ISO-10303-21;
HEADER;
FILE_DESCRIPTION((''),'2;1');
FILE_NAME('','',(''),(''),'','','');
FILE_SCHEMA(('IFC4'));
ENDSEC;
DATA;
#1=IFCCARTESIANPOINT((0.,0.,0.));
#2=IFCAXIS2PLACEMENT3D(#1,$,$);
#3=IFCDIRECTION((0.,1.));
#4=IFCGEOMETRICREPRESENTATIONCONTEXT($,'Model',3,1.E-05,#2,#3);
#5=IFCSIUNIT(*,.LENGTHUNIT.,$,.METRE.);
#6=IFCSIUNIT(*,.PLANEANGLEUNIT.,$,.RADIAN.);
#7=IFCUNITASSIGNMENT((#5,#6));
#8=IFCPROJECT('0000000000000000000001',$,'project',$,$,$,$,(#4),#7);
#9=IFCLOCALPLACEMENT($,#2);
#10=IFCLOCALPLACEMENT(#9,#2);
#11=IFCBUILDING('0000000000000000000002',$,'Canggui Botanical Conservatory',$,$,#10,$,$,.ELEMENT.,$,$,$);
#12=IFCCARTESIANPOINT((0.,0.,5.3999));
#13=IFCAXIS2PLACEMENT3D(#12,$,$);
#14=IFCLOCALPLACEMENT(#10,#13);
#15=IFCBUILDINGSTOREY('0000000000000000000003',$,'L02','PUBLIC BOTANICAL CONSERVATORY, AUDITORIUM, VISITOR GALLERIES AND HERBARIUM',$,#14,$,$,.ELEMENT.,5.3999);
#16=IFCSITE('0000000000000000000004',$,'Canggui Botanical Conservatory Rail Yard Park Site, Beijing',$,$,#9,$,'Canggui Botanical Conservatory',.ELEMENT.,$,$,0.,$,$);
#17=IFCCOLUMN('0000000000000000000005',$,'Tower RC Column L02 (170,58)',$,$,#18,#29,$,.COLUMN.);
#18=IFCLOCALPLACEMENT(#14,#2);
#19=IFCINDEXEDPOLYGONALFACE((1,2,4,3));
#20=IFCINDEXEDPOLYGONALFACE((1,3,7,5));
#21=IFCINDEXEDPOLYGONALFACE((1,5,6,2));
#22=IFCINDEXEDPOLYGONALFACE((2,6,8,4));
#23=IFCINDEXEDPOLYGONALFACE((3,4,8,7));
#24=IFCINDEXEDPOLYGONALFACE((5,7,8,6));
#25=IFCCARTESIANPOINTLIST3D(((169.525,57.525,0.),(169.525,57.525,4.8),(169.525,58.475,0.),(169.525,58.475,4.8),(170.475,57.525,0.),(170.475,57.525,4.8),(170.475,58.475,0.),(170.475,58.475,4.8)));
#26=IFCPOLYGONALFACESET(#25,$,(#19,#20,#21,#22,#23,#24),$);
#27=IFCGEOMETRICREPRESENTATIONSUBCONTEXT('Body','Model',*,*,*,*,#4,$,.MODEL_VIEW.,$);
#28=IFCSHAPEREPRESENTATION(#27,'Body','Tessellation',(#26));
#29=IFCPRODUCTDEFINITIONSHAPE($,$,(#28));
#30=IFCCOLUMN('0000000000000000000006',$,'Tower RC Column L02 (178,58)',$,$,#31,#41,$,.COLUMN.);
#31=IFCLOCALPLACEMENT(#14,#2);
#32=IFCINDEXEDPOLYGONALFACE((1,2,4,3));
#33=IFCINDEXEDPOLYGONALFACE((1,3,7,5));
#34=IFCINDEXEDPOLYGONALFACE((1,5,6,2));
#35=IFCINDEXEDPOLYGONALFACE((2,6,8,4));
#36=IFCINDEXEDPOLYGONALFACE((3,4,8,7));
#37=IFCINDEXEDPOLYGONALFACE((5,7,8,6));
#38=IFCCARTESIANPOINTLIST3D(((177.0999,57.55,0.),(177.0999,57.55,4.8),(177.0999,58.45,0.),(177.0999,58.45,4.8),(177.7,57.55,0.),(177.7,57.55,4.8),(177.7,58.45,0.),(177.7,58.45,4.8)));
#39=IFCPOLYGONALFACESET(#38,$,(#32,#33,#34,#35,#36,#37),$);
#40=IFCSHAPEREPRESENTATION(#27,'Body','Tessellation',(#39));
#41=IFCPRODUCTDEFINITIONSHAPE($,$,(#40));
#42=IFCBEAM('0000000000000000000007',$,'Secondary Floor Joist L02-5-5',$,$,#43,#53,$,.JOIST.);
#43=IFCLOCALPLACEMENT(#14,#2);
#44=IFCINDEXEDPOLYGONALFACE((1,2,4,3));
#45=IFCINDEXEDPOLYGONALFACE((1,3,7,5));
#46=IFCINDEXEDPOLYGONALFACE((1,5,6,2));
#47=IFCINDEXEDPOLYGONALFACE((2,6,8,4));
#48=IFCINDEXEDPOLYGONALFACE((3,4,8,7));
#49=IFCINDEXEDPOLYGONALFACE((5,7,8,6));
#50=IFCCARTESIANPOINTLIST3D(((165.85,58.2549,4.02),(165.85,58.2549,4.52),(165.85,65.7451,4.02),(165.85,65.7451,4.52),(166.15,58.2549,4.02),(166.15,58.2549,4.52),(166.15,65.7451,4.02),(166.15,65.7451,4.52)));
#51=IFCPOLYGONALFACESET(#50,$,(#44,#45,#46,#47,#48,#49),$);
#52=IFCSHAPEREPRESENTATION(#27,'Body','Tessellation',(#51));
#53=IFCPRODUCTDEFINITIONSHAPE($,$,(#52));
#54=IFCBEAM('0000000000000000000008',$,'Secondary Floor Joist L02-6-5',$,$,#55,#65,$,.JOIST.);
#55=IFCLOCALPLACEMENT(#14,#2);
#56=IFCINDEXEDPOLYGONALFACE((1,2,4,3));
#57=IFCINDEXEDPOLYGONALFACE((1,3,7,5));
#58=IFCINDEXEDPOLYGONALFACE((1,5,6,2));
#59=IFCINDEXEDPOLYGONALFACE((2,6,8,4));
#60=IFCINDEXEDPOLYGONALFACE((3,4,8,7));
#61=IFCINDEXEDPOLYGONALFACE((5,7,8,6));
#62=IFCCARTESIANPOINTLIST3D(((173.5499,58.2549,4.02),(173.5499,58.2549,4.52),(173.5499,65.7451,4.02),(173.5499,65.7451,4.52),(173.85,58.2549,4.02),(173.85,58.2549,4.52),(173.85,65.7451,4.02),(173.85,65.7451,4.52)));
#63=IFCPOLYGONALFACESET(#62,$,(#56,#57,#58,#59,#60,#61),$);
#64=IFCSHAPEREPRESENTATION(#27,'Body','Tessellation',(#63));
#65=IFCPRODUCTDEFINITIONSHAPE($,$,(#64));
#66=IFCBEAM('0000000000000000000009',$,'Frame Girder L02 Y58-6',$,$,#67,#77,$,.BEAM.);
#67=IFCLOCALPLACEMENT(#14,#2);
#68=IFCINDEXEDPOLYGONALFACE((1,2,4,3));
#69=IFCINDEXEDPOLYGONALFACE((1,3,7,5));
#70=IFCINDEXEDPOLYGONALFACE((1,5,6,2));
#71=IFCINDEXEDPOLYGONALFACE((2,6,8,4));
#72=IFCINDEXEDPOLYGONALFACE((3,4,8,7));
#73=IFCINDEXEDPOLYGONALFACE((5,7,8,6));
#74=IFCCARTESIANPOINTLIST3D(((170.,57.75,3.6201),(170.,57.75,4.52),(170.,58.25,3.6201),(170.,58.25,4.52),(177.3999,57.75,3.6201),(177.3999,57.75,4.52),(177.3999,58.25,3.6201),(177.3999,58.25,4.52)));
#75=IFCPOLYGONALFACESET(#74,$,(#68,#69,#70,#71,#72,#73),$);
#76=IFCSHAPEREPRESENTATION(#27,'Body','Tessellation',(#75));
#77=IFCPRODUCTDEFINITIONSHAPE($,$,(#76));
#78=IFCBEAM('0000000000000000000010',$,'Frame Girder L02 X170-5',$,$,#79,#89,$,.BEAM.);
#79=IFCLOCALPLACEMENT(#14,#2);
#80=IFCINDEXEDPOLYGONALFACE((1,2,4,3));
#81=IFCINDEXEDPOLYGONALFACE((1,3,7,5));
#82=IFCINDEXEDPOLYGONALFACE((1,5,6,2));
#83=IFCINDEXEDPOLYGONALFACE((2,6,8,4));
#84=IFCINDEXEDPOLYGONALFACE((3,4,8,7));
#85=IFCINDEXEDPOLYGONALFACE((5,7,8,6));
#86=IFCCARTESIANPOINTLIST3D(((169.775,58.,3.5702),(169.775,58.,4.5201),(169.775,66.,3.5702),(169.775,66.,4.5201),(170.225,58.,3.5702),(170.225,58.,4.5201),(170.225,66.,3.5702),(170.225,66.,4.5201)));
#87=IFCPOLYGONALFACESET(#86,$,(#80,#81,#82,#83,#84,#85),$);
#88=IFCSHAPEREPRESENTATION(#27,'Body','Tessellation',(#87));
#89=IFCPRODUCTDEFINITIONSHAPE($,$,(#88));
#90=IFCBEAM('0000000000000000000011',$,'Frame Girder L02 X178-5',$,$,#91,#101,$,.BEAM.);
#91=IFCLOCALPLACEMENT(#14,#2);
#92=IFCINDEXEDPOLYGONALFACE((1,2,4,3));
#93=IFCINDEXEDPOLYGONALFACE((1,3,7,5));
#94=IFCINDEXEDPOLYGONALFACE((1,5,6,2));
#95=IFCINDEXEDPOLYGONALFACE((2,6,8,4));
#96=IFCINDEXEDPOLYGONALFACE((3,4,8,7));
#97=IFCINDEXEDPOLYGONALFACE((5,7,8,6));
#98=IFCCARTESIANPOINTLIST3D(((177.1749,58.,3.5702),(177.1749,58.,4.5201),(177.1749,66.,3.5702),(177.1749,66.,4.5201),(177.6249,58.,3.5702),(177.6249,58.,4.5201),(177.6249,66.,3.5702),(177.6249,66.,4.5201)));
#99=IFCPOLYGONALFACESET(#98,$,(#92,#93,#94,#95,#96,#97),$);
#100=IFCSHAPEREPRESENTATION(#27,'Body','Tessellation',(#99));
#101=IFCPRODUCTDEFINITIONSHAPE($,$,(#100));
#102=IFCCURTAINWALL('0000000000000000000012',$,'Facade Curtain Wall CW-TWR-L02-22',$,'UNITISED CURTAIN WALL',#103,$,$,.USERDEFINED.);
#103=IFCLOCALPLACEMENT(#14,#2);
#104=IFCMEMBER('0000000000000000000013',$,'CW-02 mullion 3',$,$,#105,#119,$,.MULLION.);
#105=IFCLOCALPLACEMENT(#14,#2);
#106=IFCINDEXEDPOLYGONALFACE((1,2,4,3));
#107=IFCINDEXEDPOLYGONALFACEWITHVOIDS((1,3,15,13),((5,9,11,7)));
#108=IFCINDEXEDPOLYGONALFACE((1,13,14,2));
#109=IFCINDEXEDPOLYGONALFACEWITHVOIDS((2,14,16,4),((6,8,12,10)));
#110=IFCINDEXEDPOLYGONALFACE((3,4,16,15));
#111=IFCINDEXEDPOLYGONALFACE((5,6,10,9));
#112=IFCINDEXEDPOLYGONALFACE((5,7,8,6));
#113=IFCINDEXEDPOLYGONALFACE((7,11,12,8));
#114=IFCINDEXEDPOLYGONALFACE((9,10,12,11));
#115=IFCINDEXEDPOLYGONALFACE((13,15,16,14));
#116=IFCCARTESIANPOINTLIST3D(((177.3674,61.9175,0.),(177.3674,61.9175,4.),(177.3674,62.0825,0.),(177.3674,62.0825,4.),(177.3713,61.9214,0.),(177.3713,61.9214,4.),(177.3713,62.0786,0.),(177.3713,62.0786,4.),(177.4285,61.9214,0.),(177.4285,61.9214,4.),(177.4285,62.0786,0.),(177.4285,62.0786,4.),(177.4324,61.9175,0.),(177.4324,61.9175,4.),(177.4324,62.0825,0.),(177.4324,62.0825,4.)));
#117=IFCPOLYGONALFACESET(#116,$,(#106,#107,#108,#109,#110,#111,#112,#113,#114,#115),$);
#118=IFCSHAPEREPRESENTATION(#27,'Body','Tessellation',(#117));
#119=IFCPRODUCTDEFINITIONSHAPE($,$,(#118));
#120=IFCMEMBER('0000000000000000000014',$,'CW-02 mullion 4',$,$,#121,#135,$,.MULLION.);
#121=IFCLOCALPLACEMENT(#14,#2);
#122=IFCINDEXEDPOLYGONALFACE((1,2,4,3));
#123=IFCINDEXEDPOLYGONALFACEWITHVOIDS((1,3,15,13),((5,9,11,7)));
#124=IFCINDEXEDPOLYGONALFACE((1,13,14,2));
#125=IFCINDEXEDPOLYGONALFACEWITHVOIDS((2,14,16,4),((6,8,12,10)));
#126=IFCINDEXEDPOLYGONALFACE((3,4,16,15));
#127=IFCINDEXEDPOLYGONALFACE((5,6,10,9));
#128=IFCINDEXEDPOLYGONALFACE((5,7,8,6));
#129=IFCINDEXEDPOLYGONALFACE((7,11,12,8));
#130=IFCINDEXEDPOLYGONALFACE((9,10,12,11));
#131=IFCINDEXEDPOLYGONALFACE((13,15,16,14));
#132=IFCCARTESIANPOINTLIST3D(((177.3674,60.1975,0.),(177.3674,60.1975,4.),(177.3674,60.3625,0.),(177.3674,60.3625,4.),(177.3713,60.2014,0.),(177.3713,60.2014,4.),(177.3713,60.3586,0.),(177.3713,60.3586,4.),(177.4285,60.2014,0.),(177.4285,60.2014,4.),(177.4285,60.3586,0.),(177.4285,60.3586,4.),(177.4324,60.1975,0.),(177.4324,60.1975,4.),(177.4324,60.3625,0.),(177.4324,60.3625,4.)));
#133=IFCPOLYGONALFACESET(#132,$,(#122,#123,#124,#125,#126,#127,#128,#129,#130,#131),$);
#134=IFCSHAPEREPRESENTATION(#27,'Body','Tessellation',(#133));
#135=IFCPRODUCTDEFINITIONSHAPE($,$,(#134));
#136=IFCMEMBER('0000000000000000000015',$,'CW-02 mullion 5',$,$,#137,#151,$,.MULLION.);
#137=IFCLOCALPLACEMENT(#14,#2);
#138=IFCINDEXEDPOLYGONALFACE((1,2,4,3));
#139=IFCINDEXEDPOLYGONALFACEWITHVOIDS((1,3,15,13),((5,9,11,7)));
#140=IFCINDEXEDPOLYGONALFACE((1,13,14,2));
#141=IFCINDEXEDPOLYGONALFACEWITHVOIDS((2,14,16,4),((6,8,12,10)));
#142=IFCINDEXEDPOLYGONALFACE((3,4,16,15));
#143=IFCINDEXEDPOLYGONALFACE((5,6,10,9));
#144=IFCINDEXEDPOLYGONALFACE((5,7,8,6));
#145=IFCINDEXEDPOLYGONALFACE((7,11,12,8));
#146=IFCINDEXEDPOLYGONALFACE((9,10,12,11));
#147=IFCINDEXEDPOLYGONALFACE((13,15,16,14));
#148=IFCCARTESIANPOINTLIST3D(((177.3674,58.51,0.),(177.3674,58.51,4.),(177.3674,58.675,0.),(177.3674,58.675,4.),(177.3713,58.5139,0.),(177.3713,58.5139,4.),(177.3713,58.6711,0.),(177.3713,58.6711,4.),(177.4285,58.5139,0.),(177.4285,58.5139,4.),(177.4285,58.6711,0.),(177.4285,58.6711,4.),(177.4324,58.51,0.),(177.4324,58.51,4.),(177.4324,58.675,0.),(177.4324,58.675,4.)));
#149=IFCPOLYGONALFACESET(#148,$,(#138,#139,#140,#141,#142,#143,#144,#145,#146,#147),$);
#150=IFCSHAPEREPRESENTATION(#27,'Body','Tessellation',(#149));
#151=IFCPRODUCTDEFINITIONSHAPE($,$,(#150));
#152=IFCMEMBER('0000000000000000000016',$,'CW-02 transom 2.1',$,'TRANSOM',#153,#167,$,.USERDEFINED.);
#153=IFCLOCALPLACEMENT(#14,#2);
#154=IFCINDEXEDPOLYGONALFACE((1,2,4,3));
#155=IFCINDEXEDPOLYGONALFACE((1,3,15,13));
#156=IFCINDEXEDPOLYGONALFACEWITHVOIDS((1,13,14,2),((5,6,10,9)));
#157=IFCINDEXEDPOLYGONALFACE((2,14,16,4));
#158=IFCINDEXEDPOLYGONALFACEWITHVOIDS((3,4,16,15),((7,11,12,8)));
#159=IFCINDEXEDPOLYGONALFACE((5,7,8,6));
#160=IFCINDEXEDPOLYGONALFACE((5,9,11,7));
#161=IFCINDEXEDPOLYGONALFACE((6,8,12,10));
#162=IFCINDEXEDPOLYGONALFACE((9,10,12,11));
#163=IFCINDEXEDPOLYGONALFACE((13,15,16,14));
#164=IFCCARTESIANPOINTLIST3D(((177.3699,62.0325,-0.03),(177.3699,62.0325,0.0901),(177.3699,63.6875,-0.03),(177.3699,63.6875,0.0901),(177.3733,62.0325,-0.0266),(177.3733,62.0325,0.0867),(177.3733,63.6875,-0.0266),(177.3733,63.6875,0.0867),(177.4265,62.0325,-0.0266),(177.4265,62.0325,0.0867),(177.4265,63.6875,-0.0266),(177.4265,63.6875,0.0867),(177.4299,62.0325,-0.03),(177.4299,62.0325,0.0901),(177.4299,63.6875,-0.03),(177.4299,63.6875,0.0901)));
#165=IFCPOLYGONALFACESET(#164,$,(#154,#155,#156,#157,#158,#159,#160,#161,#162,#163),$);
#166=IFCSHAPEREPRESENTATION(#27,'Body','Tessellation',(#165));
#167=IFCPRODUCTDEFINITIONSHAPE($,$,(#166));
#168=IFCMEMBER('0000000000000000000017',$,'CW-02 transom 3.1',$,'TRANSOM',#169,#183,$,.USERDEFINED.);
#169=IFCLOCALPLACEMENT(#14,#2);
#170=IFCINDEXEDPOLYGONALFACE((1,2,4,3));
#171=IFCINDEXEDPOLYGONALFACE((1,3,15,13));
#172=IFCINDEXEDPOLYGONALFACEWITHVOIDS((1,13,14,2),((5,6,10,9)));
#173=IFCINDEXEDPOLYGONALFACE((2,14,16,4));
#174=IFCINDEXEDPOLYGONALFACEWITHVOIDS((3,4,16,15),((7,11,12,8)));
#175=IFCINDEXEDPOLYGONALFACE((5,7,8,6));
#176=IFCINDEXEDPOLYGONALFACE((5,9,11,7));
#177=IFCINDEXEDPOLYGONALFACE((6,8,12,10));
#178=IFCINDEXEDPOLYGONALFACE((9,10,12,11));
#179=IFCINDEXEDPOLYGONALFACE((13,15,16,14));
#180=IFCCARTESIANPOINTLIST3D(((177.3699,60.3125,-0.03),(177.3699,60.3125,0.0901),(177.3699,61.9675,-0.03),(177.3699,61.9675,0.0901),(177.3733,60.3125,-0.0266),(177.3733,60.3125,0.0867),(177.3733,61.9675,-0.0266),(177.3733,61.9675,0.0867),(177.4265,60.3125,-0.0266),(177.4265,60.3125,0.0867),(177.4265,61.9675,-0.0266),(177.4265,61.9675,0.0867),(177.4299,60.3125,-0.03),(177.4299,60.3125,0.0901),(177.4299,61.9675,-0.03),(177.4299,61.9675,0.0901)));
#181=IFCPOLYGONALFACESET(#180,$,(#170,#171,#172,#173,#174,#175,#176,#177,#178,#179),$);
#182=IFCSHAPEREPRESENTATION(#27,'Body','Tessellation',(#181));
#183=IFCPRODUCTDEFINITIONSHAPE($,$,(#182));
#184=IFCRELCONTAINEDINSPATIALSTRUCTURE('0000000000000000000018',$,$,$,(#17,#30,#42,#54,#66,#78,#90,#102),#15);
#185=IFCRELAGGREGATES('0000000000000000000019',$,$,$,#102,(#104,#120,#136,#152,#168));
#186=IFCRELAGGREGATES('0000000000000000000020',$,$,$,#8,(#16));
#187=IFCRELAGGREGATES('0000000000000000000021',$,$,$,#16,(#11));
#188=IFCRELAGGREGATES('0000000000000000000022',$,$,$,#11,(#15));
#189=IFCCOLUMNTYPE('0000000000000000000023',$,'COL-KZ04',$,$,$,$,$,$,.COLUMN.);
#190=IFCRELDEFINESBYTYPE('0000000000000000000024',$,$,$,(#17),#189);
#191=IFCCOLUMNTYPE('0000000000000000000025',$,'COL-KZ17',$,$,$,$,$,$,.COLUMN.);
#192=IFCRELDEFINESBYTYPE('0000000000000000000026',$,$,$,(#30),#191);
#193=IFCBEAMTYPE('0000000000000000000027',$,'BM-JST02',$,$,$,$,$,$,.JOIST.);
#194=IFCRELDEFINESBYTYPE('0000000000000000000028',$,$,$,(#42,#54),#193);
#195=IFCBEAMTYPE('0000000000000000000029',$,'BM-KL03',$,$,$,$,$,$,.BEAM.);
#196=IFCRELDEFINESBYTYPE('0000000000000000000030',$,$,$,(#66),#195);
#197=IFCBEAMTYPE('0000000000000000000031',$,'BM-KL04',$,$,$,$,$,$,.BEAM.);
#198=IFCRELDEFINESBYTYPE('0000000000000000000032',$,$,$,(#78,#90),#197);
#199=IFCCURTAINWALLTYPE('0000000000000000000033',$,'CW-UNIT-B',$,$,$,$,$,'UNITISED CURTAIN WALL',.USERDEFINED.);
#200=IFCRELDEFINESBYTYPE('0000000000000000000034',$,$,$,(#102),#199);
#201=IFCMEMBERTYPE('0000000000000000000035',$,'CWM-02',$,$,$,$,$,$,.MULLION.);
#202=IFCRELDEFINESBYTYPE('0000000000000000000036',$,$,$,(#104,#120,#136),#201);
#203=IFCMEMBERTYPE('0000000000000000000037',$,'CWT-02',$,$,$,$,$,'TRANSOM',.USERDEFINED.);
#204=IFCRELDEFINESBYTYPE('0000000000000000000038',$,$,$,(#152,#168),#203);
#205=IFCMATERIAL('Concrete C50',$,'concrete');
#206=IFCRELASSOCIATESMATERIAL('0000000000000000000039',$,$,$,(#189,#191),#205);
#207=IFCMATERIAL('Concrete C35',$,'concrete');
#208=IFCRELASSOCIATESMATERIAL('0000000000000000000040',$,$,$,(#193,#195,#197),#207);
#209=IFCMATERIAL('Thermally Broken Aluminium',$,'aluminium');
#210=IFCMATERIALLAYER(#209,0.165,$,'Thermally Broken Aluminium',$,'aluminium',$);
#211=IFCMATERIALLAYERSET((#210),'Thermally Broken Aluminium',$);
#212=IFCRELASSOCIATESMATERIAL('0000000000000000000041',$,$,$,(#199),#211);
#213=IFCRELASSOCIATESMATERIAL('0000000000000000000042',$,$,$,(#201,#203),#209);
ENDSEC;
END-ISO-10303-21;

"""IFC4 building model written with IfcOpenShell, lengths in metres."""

from ifc_helpers import new_model, si_unit, direction, frame, origin, origin_2d, place, context, subcontext, project, spatial, rectangle, hollow_rectangle, extrude, material, layer, layer_set, material_profile, profile_set, type_object, element, aggregate, save


model = new_model("IFC4")

# Units and contexts
model_context = context("Model", 3, precision=1e-05, world=origin(), true_north=direction((0.0, 1.0)))
body_context = subcontext(model_context, "Body", "Model", "MODEL_VIEW")
ifc_project = project(units=[si_unit("LENGTHUNIT", "METRE"), si_unit("PLANEANGLEUNIT", "RADIAN")], contexts=[model_context])

# Site, building, storey
site_placement = place(None, origin())
site = spatial("IfcSite", under=ifc_project, at=site_placement, Name="Canggui Botanical Conservatory Rail Yard Park Site, Beijing", LongName="Canggui Botanical Conservatory", CompositionType="ELEMENT", RefElevation=0.0)
building_placement = place(site_placement, origin())
building = spatial("IfcBuilding", under=site, at=building_placement, Name="Canggui Botanical Conservatory", CompositionType="ELEMENT")
storey_placement = place(building_placement, frame((0.0, 0.0, 5.3999)))
storey = spatial("IfcBuildingStorey", under=building, at=storey_placement, Name="L02", Description="PUBLIC BOTANICAL CONSERVATORY, AUDITORIUM, VISITOR GALLERIES AND HERBARIUM", CompositionType="ELEMENT", Elevation=5.3999)

# Columns
ifc_material_1 = material(Name="Concrete C50", Category="concrete")
ifc_material_profile_1 = material_profile(ifc_material_1, rectangle(XDim=0.95, YDim=0.95, at=origin_2d()), Name="RC 950x950")
ifc_profile_set_1 = profile_set([ifc_material_profile_1], Name="Concrete C50")
column_type_1 = type_object("IfcColumnType", Name="COL-KZ04", PredefinedType="COLUMN", material=ifc_profile_set_1)
column_1_placement = place(storey_placement, frame((170.0, 58.0, 0.0), z_axis=(0.0, 0.0, 1.0), x_axis=(1.0, 0.0, 0.0)))
element("IfcColumn", 1, at=column_1_placement, inside=storey, type_object=column_type_1, Name="Tower RC Column L02 (170,58)", PredefinedType="COLUMN", context=body_context, shape_type="SweptSolid", body=[
    extrude(rectangle(XDim=0.95, YDim=0.95, at=origin_2d()), origin(), (0.0, 0.0, 1.0), 4.8),
])
ifc_material_profile_2 = material_profile(ifc_material_1, rectangle(XDim=0.6001, YDim=0.8999, at=origin_2d()), Name="RC 600x900")
ifc_profile_set_2 = profile_set([ifc_material_profile_2], Name="Concrete C50")
column_type_2 = type_object("IfcColumnType", Name="COL-KZ17", PredefinedType="COLUMN", material=ifc_profile_set_2)
column_2_placement = place(storey_placement, frame((177.3999, 58.0, 0.0), z_axis=(0.0, 0.0, 1.0), x_axis=(1.0, 0.0, 0.0)))
element("IfcColumn", 2, at=column_2_placement, inside=storey, type_object=column_type_2, Name="Tower RC Column L02 (178,58)", PredefinedType="COLUMN", context=body_context, shape_type="SweptSolid", body=[
    extrude(rectangle(XDim=0.6001, YDim=0.8999, at=origin_2d()), origin(), (0.0, 0.0, 1.0), 4.8),
])

# Beams
ifc_material_2 = material(Name="Concrete C35", Category="concrete")
ifc_material_profile_3 = material_profile(ifc_material_2, rectangle(XDim=0.3, YDim=0.5, at=origin_2d()), Name="RB 300x500")
ifc_profile_set_3 = profile_set([ifc_material_profile_3], Name="Concrete C35")
beam_type_1 = type_object("IfcBeamType", Name="BM-JST02", PredefinedType="JOIST", material=ifc_profile_set_3)
for number, where, z_axis, x_axis, name in (
    (3, (166.0, 58.2549, 4.27), (0.0, 1.0, 0.0), (-1.0, 0.0, 0.0), "Secondary Floor Joist L02-5-5"),
    (4, (173.7, 58.2549, 4.27), (0.0, 1.0, 0.0), (-1.0, 0.0, 0.0), "Secondary Floor Joist L02-6-5"),
):
    element("IfcBeam", number, at=place(storey_placement, frame(where, z_axis=z_axis, x_axis=x_axis)), inside=storey, type_object=beam_type_1, Name=name, PredefinedType="JOIST", context=body_context, shape_type="SweptSolid", body=[
        extrude(rectangle(XDim=0.3, YDim=0.5, at=origin_2d()), origin(), (0.0, 0.0, 1.0), 7.4902),
    ])
ifc_material_profile_4 = material_profile(ifc_material_2, rectangle(XDim=0.5, YDim=0.8999, at=origin_2d()), Name="RB 500x900")
ifc_profile_set_4 = profile_set([ifc_material_profile_4], Name="Concrete C35")
beam_type_2 = type_object("IfcBeamType", Name="BM-KL03", PredefinedType="BEAM", material=ifc_profile_set_4)
beam_placement = place(storey_placement, frame((170.0, 58.0, 4.0701), z_axis=(1.0, 0.0, 0.0), x_axis=(0.0, 1.0, 0.0)))
element("IfcBeam", 5, at=beam_placement, inside=storey, type_object=beam_type_2, Name="Frame Girder L02 Y58-6", PredefinedType="BEAM", context=body_context, shape_type="SweptSolid", body=[
    extrude(rectangle(XDim=0.5, YDim=0.8999, at=origin_2d()), origin(), (0.0, 0.0, 1.0), 7.3999),
])
ifc_material_profile_5 = material_profile(ifc_material_2, rectangle(XDim=0.45, YDim=0.95, at=origin_2d()), Name="RB 450x950")
ifc_profile_set_5 = profile_set([ifc_material_profile_5], Name="Concrete C35")
beam_type_3 = type_object("IfcBeamType", Name="BM-KL04", PredefinedType="BEAM", material=ifc_profile_set_5)
for number, where, z_axis, x_axis, name in (
    (6, (170.0, 58.0, 4.0452), (0.0, 1.0, 0.0), (-1.0, 0.0, 0.0), "Frame Girder L02 X170-5"),
    (7, (177.3999, 58.0, 4.0452), (0.0, 1.0, 0.0), (-1.0, 0.0, 0.0), "Frame Girder L02 X178-5"),
):
    element("IfcBeam", number, at=place(storey_placement, frame(where, z_axis=z_axis, x_axis=x_axis)), inside=storey, type_object=beam_type_3, Name=name, PredefinedType="BEAM", context=body_context, shape_type="SweptSolid", body=[
        extrude(rectangle(XDim=0.45, YDim=0.95, at=origin_2d()), origin(), (0.0, 0.0, 1.0), 8.0),
    ])

# Curtain wall, members
ifc_material_3 = material(Name="Thermally Broken Aluminium", Category="aluminium")
ifc_layer_1 = layer(ifc_material_3, 0.165, Name="Thermally Broken Aluminium", Category="aluminium")
ifc_layer_set_1 = layer_set([ifc_layer_1], Name="Thermally Broken Aluminium")
curtain_wall_type = type_object("IfcCurtainWallType", Name="CW-UNIT-B", ElementType="UNITISED CURTAIN WALL", PredefinedType="USERDEFINED", material=ifc_layer_set_1)
curtain_wall_placement = place(storey_placement, origin())
curtain_wall = element("IfcCurtainWall", 8, at=curtain_wall_placement, inside=storey, type_object=curtain_wall_type, Name="Facade Curtain Wall CW-TWR-L02-22", ObjectType="UNITISED CURTAIN WALL", PredefinedType="USERDEFINED")
ifc_material_profile_6 = material_profile(ifc_material_3, hollow_rectangle(XDim=0.0649, YDim=0.165, WallThickness=0.0039, at=origin_2d()), Name="CWM 65x165x4")
ifc_profile_set_6 = profile_set([ifc_material_profile_6], Name="Thermally Broken Aluminium")
member_type_1 = type_object("IfcMemberType", Name="CWM-02", PredefinedType="MULLION", material=ifc_profile_set_6)
member_1_placement = place(storey_placement, frame((177.3999, 62.0, 0.0), z_axis=(0.0, 0.0, 1.0), x_axis=(1.0, 0.0, 0.0)))
member_1 = element("IfcMember", 9, at=member_1_placement, type_object=member_type_1, Name="CW-02 mullion 3", PredefinedType="MULLION", context=body_context, shape_type="SweptSolid", body=[
    extrude(hollow_rectangle(XDim=0.0649, YDim=0.165, WallThickness=0.0039, at=origin_2d()), origin(), (0.0, 0.0, 1.0), 4.0),
])
member_2_placement = place(storey_placement, frame((177.3999, 60.28, 0.0), z_axis=(0.0, 0.0, 1.0), x_axis=(1.0, 0.0, 0.0)))
member_2 = element("IfcMember", 10, at=member_2_placement, type_object=member_type_1, Name="CW-02 mullion 4", PredefinedType="MULLION", context=body_context, shape_type="SweptSolid", body=[
    extrude(hollow_rectangle(XDim=0.0649, YDim=0.165, WallThickness=0.0039, at=origin_2d()), origin(), (0.0, 0.0, 1.0), 4.0),
])
member_3_placement = place(storey_placement, frame((177.3999, 58.5925, 0.0), z_axis=(0.0, 0.0, 1.0), x_axis=(1.0, 0.0, 0.0)))
member_3 = element("IfcMember", 11, at=member_3_placement, type_object=member_type_1, Name="CW-02 mullion 5", PredefinedType="MULLION", context=body_context, shape_type="SweptSolid", body=[
    extrude(hollow_rectangle(XDim=0.0649, YDim=0.165, WallThickness=0.0039, at=origin_2d()), origin(), (0.0, 0.0, 1.0), 4.0),
])
ifc_material_profile_7 = material_profile(ifc_material_3, hollow_rectangle(XDim=0.0601, YDim=0.1201, WallThickness=0.0034, at=origin_2d()), Name="CWT 60x120x3.5")
ifc_profile_set_7 = profile_set([ifc_material_profile_7], Name="Thermally Broken Aluminium")
member_type_2 = type_object("IfcMemberType", Name="CWT-02", ElementType="TRANSOM", PredefinedType="USERDEFINED", material=ifc_profile_set_7)
member_4_placement = place(storey_placement, frame((177.3999, 63.6875, 0.03), z_axis=(0.0, -1.0, 0.0), x_axis=(1.0, 0.0, 0.0)))
member_4 = element("IfcMember", 12, at=member_4_placement, type_object=member_type_2, Name="CW-02 transom 2.1", ObjectType="TRANSOM", PredefinedType="USERDEFINED", context=body_context, shape_type="SweptSolid", body=[
    extrude(hollow_rectangle(XDim=0.0601, YDim=0.1201, WallThickness=0.0034, at=origin_2d()), origin(), (0.0, 0.0, 1.0), 1.655),
])
member_5_placement = place(storey_placement, frame((177.3999, 61.9675, 0.03), z_axis=(0.0, -1.0, 0.0), x_axis=(1.0, 0.0, 0.0)))
member_5 = element("IfcMember", 13, at=member_5_placement, type_object=member_type_2, Name="CW-02 transom 3.1", ObjectType="TRANSOM", PredefinedType="USERDEFINED", context=body_context, shape_type="SweptSolid", body=[
    extrude(hollow_rectangle(XDim=0.0601, YDim=0.1201, WallThickness=0.0034, at=origin_2d()), origin(), (0.0, 0.0, 1.0), 1.655),
])
aggregate(curtain_wall, [member_1, member_2, member_3, member_4, member_5])

save(model, "model.ifc")
